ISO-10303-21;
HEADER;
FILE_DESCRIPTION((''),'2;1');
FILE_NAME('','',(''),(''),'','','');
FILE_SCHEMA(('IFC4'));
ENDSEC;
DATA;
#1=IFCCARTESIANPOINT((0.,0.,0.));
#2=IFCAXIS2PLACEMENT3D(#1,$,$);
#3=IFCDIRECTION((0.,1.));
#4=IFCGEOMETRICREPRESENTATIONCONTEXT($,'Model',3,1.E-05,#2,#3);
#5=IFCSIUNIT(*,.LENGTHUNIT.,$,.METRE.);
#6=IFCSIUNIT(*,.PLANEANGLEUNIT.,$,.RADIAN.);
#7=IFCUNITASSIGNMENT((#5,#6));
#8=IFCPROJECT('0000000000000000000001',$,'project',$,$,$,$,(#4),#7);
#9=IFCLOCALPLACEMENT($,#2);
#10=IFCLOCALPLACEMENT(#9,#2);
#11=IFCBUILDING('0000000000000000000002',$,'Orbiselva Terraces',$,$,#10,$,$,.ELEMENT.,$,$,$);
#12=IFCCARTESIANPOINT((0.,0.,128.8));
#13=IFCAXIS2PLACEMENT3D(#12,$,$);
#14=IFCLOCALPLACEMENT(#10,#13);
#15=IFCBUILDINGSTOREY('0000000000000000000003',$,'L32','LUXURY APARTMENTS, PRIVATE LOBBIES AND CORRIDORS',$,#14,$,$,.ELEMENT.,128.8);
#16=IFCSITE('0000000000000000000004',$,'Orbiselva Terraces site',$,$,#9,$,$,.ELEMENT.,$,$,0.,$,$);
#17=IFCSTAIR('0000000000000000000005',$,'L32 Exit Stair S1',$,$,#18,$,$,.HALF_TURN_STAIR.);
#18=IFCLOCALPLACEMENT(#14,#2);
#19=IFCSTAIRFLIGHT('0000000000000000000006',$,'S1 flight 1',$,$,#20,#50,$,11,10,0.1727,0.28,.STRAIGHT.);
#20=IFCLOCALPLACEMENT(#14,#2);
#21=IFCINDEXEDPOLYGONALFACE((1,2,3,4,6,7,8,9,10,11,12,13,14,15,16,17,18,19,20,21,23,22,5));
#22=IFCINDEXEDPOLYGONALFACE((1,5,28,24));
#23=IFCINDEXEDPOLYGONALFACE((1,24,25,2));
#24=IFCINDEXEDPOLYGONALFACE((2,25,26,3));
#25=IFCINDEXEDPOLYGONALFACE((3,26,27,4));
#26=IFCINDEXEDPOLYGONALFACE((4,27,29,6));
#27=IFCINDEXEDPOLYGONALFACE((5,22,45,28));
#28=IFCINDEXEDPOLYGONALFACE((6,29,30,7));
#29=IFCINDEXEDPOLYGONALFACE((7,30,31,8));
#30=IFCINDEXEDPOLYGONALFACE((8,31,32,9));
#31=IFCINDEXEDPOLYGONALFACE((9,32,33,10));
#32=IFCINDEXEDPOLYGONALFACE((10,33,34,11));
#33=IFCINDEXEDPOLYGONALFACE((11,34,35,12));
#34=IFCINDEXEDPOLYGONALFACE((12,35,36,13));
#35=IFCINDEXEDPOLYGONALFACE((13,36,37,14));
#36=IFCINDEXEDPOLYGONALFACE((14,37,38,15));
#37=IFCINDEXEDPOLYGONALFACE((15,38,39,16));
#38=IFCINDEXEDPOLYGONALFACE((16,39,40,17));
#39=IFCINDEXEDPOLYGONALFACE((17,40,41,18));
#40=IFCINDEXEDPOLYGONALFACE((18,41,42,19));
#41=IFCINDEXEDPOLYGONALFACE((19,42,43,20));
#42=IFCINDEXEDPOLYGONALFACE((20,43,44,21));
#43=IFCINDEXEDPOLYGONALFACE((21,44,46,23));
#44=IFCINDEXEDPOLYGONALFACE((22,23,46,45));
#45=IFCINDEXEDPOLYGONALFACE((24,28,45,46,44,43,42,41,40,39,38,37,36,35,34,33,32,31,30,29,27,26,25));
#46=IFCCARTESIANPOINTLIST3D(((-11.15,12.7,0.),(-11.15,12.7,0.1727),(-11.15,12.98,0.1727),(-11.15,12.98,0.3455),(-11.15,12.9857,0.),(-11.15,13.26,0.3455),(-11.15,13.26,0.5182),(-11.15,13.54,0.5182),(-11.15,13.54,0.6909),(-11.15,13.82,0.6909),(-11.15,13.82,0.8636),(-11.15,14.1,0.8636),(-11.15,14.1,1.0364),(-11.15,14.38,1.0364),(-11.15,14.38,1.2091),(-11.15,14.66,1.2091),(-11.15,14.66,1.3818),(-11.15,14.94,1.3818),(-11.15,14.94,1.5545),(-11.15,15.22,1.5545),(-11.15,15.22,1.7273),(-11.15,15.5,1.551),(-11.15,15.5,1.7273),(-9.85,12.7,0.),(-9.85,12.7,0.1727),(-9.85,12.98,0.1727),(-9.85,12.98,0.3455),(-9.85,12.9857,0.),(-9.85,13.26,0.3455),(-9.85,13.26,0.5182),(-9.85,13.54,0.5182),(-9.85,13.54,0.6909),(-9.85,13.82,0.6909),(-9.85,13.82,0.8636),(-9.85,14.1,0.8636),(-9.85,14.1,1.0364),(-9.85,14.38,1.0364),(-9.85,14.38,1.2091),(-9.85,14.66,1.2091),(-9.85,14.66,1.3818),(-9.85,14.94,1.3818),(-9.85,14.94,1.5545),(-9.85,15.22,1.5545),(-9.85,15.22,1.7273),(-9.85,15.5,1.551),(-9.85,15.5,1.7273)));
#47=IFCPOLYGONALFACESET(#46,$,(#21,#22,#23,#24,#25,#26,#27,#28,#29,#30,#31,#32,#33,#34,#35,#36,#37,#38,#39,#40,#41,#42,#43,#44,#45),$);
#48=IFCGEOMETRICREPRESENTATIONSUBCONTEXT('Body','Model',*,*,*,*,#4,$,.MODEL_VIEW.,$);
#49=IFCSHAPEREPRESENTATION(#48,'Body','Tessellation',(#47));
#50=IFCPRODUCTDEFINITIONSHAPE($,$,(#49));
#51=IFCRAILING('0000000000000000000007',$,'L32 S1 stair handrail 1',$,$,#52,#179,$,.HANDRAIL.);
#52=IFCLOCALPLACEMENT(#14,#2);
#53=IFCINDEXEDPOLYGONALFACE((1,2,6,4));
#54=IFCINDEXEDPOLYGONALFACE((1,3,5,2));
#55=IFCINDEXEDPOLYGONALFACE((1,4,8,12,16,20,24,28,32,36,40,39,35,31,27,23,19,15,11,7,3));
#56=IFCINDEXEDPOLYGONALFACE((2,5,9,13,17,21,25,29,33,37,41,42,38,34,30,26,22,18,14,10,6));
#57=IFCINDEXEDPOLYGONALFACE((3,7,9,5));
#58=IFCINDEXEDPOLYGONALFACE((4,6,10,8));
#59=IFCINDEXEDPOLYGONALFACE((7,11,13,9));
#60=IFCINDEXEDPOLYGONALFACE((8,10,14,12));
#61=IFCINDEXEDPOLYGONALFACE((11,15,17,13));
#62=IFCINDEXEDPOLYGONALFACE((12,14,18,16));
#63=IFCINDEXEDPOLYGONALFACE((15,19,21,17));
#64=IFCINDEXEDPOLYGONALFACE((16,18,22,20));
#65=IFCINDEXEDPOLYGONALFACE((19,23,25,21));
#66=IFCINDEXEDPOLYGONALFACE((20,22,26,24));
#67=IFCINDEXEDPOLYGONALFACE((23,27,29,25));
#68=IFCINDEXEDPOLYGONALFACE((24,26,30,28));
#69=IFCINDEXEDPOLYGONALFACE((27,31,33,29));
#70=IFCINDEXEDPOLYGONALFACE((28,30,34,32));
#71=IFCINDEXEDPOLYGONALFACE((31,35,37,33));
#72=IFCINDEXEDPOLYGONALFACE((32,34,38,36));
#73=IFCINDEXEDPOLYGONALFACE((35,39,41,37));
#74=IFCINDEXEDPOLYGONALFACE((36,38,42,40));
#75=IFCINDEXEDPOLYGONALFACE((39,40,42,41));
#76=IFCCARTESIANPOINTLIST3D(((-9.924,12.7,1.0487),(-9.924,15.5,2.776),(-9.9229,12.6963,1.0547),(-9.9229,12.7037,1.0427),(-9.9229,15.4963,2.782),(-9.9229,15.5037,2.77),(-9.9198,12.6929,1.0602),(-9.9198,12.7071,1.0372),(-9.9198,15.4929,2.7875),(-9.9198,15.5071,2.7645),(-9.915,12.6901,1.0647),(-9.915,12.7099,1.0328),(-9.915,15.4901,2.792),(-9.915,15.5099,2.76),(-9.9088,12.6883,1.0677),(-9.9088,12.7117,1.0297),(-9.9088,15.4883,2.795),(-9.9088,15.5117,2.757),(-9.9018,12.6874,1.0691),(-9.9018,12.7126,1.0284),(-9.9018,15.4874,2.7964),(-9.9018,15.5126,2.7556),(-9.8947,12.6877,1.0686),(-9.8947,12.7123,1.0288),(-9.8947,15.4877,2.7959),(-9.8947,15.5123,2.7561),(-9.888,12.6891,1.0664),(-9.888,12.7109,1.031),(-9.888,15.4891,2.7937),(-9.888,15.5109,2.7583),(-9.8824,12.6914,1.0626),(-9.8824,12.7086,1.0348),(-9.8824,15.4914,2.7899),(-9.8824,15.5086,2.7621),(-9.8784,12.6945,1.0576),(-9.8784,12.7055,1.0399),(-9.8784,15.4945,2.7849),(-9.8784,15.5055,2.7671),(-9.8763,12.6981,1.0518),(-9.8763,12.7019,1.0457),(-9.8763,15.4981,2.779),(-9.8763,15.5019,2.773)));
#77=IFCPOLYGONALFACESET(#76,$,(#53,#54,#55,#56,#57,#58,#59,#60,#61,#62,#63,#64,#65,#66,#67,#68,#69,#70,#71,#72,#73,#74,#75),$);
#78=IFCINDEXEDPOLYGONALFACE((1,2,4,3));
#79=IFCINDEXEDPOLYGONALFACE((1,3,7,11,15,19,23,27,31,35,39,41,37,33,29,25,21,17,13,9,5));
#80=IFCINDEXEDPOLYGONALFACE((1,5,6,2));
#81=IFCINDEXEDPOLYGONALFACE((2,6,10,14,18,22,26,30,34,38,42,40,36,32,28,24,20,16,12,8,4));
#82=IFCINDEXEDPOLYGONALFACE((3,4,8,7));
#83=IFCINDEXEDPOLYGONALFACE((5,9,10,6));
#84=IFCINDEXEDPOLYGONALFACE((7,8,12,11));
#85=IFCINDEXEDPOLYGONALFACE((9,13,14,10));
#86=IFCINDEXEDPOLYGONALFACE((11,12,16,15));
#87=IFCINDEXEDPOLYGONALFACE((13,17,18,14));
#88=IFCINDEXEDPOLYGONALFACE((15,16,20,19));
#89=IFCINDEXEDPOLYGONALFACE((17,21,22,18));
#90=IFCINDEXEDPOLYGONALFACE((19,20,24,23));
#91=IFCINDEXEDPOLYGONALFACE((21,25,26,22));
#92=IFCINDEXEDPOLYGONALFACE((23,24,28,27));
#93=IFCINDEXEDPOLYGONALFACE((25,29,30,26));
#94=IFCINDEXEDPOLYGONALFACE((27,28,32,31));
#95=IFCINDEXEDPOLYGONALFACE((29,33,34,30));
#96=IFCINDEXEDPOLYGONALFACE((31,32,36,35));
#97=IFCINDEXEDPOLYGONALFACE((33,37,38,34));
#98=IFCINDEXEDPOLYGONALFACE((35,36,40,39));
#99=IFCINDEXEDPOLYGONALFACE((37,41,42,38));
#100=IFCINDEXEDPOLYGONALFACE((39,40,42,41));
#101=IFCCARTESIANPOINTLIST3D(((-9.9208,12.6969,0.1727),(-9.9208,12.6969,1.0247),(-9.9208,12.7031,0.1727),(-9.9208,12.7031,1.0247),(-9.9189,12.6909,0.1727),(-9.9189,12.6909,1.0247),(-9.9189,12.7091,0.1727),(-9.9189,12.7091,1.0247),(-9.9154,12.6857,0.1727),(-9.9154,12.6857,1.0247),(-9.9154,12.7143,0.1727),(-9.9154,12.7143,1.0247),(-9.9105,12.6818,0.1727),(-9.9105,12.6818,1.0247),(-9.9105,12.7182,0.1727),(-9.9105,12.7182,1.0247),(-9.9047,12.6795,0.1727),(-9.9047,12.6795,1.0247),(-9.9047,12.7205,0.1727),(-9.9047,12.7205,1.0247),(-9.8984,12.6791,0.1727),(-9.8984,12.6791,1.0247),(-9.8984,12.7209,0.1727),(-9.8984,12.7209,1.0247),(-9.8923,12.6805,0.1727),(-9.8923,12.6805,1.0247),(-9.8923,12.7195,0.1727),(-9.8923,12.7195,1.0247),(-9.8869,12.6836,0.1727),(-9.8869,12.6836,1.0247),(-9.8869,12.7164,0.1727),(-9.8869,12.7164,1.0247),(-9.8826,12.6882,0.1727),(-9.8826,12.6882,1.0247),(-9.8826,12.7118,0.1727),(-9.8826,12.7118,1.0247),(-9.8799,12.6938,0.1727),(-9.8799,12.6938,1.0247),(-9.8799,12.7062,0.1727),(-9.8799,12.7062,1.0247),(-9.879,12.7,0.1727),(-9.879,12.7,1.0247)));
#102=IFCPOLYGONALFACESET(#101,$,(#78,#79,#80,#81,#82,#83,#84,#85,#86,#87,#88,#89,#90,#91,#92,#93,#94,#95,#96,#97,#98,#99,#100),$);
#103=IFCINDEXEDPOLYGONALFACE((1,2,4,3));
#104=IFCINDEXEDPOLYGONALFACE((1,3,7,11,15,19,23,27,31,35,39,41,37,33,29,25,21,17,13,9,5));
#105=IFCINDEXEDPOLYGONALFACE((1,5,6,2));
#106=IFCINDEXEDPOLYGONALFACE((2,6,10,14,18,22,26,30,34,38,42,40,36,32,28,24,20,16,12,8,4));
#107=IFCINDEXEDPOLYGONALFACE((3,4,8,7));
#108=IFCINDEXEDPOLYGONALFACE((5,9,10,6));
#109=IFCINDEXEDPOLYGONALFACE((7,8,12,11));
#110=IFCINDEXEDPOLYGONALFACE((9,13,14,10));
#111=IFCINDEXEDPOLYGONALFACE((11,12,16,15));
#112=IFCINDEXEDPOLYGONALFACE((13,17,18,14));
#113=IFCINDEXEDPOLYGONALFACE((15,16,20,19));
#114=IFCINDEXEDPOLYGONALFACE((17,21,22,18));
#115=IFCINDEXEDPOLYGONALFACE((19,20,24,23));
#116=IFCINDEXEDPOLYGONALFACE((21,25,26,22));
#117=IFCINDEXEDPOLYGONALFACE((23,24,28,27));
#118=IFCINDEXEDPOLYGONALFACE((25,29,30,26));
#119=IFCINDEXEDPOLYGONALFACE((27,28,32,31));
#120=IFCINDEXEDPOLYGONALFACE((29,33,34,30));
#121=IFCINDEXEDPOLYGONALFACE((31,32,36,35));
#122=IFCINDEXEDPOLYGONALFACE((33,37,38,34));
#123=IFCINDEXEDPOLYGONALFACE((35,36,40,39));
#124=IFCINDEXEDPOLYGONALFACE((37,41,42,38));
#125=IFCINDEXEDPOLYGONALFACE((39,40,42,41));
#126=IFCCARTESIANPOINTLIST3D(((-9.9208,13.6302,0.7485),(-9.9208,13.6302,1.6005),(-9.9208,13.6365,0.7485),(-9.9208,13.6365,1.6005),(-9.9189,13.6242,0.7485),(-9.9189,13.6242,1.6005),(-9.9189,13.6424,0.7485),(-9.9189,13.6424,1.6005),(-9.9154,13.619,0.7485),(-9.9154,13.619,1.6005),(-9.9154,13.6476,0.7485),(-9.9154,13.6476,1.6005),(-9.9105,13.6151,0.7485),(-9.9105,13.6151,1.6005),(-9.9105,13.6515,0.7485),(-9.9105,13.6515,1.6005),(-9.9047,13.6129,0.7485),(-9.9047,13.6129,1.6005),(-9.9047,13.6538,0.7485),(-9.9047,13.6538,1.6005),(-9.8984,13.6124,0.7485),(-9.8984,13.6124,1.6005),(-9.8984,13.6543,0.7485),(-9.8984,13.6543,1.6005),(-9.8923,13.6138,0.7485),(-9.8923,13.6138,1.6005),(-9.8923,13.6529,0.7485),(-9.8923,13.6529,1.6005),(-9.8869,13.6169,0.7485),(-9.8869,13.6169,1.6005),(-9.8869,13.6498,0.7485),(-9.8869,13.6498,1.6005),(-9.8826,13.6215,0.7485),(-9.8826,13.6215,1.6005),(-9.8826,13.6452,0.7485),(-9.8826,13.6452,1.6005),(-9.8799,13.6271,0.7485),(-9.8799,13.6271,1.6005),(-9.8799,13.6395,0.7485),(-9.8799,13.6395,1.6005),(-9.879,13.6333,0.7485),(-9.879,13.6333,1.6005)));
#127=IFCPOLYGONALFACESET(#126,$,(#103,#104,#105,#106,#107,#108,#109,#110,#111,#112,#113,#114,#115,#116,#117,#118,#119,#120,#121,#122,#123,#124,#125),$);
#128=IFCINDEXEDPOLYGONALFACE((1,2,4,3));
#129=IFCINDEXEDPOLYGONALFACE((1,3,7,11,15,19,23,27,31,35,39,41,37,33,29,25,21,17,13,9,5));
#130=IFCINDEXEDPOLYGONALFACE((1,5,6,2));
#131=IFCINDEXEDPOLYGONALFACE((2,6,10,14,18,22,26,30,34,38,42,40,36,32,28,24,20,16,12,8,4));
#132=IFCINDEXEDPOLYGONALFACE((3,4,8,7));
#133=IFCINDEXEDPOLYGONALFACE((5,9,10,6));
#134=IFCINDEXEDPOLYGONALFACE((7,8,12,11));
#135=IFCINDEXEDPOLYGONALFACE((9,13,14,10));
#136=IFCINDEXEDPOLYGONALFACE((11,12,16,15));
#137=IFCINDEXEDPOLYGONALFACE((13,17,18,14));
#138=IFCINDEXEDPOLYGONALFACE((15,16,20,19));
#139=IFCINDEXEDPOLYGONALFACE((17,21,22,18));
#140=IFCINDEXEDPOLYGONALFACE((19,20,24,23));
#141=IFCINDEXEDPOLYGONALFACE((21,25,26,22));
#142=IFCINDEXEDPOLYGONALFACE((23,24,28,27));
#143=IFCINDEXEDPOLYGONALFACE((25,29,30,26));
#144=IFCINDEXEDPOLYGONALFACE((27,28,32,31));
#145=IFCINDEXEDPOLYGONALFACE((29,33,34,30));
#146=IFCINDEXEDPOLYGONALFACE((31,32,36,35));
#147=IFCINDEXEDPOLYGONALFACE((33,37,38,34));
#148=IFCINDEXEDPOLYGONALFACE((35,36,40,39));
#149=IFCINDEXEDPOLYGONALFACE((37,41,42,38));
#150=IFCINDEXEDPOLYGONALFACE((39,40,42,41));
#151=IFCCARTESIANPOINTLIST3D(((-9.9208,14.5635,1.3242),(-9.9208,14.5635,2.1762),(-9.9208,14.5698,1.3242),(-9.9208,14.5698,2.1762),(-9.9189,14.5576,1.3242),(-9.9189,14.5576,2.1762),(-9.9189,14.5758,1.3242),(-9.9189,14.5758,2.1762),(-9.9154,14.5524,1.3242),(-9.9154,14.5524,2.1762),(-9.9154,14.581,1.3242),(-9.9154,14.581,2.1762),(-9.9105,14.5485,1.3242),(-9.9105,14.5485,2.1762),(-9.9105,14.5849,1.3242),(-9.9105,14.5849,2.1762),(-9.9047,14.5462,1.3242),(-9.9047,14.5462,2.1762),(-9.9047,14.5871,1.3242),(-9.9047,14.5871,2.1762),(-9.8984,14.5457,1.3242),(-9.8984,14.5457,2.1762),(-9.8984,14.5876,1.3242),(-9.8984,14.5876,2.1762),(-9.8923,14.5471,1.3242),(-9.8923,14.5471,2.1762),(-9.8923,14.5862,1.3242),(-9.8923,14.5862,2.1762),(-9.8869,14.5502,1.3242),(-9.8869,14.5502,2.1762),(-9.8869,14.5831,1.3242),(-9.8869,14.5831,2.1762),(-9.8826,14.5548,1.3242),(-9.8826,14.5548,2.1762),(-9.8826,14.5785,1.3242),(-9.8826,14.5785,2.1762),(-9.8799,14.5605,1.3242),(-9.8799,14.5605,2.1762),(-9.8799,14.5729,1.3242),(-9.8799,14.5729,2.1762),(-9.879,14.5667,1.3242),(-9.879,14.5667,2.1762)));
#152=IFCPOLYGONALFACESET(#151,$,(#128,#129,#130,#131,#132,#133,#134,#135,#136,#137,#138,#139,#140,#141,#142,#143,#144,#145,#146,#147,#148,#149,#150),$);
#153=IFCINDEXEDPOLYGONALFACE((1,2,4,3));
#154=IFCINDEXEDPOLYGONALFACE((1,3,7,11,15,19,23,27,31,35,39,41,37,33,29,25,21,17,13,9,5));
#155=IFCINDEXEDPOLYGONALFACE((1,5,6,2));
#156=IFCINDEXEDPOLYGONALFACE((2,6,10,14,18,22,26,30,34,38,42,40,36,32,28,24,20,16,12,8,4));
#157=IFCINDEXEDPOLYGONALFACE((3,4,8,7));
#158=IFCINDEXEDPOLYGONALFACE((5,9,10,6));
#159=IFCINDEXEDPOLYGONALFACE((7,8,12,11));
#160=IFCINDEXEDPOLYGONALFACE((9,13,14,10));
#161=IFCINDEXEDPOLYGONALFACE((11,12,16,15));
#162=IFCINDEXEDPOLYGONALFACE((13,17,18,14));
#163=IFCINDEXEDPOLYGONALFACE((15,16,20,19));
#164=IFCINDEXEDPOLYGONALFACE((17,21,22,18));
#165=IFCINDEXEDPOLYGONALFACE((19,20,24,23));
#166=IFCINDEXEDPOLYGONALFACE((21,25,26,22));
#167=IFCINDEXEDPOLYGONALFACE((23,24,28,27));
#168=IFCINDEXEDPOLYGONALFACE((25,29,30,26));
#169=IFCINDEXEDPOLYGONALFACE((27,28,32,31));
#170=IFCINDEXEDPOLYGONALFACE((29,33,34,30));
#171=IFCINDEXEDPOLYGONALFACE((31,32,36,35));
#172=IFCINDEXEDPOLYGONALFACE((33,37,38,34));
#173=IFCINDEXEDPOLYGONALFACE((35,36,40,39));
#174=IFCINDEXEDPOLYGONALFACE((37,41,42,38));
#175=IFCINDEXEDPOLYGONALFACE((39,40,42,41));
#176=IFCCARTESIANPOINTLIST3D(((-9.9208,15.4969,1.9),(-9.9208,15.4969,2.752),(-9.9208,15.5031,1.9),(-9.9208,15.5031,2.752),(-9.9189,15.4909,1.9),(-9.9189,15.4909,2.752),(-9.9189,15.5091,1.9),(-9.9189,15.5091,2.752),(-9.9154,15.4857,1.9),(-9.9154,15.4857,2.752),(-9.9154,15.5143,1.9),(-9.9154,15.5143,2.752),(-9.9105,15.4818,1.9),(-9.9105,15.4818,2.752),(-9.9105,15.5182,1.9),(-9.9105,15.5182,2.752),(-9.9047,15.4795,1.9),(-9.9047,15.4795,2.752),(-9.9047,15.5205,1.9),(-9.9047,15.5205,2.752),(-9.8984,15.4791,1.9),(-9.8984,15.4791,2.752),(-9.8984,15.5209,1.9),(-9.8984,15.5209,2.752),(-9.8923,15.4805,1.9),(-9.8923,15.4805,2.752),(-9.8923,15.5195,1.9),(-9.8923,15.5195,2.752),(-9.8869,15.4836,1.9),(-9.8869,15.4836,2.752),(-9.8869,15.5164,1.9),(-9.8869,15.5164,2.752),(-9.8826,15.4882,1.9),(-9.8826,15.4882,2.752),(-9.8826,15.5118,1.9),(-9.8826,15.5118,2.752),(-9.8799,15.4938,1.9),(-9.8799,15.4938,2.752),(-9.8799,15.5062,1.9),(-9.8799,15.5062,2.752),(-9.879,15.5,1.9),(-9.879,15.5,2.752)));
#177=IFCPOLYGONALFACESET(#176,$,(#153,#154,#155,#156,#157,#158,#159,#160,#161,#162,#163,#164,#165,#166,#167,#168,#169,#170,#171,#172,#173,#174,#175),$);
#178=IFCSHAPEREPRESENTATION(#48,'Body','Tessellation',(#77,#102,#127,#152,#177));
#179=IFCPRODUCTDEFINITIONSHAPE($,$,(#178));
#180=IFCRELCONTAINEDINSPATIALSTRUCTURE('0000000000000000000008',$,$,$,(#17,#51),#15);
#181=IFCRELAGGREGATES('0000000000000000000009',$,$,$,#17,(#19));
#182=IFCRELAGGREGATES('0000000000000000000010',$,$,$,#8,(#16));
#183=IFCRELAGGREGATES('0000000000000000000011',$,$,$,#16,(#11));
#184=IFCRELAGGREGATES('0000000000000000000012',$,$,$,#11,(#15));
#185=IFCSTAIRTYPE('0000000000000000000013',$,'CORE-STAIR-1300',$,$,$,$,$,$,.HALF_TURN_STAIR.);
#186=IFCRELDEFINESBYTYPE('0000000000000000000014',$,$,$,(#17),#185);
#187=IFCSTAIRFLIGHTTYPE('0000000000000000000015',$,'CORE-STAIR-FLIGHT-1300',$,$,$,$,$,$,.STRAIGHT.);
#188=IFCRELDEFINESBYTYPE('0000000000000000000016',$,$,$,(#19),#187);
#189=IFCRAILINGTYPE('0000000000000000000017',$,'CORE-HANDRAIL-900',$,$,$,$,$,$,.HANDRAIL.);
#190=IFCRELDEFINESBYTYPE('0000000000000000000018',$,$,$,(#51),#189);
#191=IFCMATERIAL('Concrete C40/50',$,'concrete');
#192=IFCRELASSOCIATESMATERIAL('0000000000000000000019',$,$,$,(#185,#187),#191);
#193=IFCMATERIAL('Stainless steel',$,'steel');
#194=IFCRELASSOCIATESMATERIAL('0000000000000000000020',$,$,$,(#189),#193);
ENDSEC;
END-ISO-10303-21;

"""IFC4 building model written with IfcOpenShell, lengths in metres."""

from ifc_helpers import new_model, si_unit, direction, frame, origin, origin_2d, place, context, subcontext, project, spatial, polyline, circle, outline, extrude, material, type_object, element, aggregate, save


model = new_model("IFC4")

# Units and contexts
model_context = context("Model", 3, precision=1e-05, world=origin(), true_north=direction((0.0, 1.0)))
body_context = subcontext(model_context, "Body", "Model", "MODEL_VIEW")
ifc_project = project(units=[si_unit("LENGTHUNIT", "METRE"), si_unit("PLANEANGLEUNIT", "RADIAN")], contexts=[model_context])

# Site, building, storey
site_placement = place(None, origin())
site = spatial("IfcSite", under=ifc_project, at=site_placement, Name="Orbiselva Terraces site", CompositionType="ELEMENT", RefElevation=0.0)
building_placement = place(site_placement, origin())
building = spatial("IfcBuilding", under=site, at=building_placement, Name="Orbiselva Terraces", CompositionType="ELEMENT")
storey_placement = place(building_placement, frame((0.0, 0.0, 128.8)))
storey = spatial("IfcBuildingStorey", under=building, at=storey_placement, Name="L32", Description="LUXURY APARTMENTS, PRIVATE LOBBIES AND CORRIDORS", CompositionType="ELEMENT", Elevation=128.8)

# Shared definitions
ifc_material_1 = material(Name="Concrete C40/50", Category="concrete")

# Stair, stair flight
stair_type = type_object("IfcStairType", Name="CORE-STAIR-1300", PredefinedType="HALF_TURN_STAIR", material=ifc_material_1)
stair_placement = place(storey_placement, origin())
stair = element("IfcStair", 1, at=stair_placement, inside=storey, type_object=stair_type, Name="L32 Exit Stair S1", PredefinedType="HALF_TURN_STAIR")
stair_flight_type = type_object("IfcStairFlightType", Name="CORE-STAIR-FLIGHT-1300", PredefinedType="STRAIGHT", material=ifc_material_1)
stair_flight_placement = place(storey_placement, frame((-10.5, 12.7, 0.0), z_axis=(0.0, 0.0, 1.0), x_axis=(0.0, 1.0, 0.0)))
stair_flight = element("IfcStairFlight", 2, at=stair_flight_placement, type_object=stair_flight_type, Name="S1 flight 1", NumberOfRisers=11, NumberOfTreads=10, PredefinedType="STRAIGHT", RiserHeight=0.1727, TreadLength=0.28, context=body_context, shape_type="SweptSolid", body=[
    extrude(outline(polyline([(0.0, 0.0), (0.0, 0.1727), (0.28, 0.1727), (0.28, 0.3455), (0.56, 0.3455), (0.56, 0.5182), (0.84, 0.5182), (0.84, 0.6909), (1.12, 0.6909), (1.12, 0.8636), (1.4, 0.8636), (1.4, 1.0364), (1.68, 1.0364), (1.68, 1.2091), (1.96, 1.2091), (1.96, 1.3818), (2.24, 1.3818), (2.24, 1.5545), (2.52, 1.5545), (2.52, 1.7273), (2.8, 1.7273), (2.8, 1.9), (2.8, 1.551), (0.2857, 0.0), (0.0, 0.0)])), frame((0.0, 0.65, 0.0), z_axis=(0.0, -1.0, 0.0), x_axis=(1.0, 0.0, 0.0)), (0.0, 0.0, 1.0), 1.3),
])
aggregate(stair, [stair_flight])

# Railing
ifc_material_2 = material(Name="Stainless steel", Category="steel")
railing_type = type_object("IfcRailingType", Name="CORE-HANDRAIL-900", PredefinedType="HANDRAIL", material=ifc_material_2)
railing_placement = place(storey_placement, frame((-9.9, 12.7, 0.1727)))
element("IfcRailing", 3, at=railing_placement, inside=storey, type_object=railing_type, Name="L32 S1 stair handrail 1", PredefinedType="HANDRAIL", context=body_context, shape_type="SweptSolid", body=[
    extrude(circle(Radius=0.024, at=origin_2d()), frame((0.0, 0.0, 0.876), z_axis=(0.0, 0.851089, 0.525022), x_axis=(-1.0, 0.0, 0.0)), (0.0, 0.0, 1.0), 3.2899),
    extrude(circle(Radius=0.021, at=origin_2d()), origin(), (0.0, 0.0, 1.0), 0.852),
    extrude(circle(Radius=0.021, at=origin_2d()), frame((0.0, 0.9333, 0.5758)), (0.0, 0.0, 1.0), 0.852),
    extrude(circle(Radius=0.021, at=origin_2d()), frame((0.0, 1.8667, 1.1515)), (0.0, 0.0, 1.0), 0.852),
    extrude(circle(Radius=0.021, at=origin_2d()), frame((0.0, 2.8, 1.7273)), (0.0, 0.0, 1.0), 0.852),
])

save(model, "model.ifc")
